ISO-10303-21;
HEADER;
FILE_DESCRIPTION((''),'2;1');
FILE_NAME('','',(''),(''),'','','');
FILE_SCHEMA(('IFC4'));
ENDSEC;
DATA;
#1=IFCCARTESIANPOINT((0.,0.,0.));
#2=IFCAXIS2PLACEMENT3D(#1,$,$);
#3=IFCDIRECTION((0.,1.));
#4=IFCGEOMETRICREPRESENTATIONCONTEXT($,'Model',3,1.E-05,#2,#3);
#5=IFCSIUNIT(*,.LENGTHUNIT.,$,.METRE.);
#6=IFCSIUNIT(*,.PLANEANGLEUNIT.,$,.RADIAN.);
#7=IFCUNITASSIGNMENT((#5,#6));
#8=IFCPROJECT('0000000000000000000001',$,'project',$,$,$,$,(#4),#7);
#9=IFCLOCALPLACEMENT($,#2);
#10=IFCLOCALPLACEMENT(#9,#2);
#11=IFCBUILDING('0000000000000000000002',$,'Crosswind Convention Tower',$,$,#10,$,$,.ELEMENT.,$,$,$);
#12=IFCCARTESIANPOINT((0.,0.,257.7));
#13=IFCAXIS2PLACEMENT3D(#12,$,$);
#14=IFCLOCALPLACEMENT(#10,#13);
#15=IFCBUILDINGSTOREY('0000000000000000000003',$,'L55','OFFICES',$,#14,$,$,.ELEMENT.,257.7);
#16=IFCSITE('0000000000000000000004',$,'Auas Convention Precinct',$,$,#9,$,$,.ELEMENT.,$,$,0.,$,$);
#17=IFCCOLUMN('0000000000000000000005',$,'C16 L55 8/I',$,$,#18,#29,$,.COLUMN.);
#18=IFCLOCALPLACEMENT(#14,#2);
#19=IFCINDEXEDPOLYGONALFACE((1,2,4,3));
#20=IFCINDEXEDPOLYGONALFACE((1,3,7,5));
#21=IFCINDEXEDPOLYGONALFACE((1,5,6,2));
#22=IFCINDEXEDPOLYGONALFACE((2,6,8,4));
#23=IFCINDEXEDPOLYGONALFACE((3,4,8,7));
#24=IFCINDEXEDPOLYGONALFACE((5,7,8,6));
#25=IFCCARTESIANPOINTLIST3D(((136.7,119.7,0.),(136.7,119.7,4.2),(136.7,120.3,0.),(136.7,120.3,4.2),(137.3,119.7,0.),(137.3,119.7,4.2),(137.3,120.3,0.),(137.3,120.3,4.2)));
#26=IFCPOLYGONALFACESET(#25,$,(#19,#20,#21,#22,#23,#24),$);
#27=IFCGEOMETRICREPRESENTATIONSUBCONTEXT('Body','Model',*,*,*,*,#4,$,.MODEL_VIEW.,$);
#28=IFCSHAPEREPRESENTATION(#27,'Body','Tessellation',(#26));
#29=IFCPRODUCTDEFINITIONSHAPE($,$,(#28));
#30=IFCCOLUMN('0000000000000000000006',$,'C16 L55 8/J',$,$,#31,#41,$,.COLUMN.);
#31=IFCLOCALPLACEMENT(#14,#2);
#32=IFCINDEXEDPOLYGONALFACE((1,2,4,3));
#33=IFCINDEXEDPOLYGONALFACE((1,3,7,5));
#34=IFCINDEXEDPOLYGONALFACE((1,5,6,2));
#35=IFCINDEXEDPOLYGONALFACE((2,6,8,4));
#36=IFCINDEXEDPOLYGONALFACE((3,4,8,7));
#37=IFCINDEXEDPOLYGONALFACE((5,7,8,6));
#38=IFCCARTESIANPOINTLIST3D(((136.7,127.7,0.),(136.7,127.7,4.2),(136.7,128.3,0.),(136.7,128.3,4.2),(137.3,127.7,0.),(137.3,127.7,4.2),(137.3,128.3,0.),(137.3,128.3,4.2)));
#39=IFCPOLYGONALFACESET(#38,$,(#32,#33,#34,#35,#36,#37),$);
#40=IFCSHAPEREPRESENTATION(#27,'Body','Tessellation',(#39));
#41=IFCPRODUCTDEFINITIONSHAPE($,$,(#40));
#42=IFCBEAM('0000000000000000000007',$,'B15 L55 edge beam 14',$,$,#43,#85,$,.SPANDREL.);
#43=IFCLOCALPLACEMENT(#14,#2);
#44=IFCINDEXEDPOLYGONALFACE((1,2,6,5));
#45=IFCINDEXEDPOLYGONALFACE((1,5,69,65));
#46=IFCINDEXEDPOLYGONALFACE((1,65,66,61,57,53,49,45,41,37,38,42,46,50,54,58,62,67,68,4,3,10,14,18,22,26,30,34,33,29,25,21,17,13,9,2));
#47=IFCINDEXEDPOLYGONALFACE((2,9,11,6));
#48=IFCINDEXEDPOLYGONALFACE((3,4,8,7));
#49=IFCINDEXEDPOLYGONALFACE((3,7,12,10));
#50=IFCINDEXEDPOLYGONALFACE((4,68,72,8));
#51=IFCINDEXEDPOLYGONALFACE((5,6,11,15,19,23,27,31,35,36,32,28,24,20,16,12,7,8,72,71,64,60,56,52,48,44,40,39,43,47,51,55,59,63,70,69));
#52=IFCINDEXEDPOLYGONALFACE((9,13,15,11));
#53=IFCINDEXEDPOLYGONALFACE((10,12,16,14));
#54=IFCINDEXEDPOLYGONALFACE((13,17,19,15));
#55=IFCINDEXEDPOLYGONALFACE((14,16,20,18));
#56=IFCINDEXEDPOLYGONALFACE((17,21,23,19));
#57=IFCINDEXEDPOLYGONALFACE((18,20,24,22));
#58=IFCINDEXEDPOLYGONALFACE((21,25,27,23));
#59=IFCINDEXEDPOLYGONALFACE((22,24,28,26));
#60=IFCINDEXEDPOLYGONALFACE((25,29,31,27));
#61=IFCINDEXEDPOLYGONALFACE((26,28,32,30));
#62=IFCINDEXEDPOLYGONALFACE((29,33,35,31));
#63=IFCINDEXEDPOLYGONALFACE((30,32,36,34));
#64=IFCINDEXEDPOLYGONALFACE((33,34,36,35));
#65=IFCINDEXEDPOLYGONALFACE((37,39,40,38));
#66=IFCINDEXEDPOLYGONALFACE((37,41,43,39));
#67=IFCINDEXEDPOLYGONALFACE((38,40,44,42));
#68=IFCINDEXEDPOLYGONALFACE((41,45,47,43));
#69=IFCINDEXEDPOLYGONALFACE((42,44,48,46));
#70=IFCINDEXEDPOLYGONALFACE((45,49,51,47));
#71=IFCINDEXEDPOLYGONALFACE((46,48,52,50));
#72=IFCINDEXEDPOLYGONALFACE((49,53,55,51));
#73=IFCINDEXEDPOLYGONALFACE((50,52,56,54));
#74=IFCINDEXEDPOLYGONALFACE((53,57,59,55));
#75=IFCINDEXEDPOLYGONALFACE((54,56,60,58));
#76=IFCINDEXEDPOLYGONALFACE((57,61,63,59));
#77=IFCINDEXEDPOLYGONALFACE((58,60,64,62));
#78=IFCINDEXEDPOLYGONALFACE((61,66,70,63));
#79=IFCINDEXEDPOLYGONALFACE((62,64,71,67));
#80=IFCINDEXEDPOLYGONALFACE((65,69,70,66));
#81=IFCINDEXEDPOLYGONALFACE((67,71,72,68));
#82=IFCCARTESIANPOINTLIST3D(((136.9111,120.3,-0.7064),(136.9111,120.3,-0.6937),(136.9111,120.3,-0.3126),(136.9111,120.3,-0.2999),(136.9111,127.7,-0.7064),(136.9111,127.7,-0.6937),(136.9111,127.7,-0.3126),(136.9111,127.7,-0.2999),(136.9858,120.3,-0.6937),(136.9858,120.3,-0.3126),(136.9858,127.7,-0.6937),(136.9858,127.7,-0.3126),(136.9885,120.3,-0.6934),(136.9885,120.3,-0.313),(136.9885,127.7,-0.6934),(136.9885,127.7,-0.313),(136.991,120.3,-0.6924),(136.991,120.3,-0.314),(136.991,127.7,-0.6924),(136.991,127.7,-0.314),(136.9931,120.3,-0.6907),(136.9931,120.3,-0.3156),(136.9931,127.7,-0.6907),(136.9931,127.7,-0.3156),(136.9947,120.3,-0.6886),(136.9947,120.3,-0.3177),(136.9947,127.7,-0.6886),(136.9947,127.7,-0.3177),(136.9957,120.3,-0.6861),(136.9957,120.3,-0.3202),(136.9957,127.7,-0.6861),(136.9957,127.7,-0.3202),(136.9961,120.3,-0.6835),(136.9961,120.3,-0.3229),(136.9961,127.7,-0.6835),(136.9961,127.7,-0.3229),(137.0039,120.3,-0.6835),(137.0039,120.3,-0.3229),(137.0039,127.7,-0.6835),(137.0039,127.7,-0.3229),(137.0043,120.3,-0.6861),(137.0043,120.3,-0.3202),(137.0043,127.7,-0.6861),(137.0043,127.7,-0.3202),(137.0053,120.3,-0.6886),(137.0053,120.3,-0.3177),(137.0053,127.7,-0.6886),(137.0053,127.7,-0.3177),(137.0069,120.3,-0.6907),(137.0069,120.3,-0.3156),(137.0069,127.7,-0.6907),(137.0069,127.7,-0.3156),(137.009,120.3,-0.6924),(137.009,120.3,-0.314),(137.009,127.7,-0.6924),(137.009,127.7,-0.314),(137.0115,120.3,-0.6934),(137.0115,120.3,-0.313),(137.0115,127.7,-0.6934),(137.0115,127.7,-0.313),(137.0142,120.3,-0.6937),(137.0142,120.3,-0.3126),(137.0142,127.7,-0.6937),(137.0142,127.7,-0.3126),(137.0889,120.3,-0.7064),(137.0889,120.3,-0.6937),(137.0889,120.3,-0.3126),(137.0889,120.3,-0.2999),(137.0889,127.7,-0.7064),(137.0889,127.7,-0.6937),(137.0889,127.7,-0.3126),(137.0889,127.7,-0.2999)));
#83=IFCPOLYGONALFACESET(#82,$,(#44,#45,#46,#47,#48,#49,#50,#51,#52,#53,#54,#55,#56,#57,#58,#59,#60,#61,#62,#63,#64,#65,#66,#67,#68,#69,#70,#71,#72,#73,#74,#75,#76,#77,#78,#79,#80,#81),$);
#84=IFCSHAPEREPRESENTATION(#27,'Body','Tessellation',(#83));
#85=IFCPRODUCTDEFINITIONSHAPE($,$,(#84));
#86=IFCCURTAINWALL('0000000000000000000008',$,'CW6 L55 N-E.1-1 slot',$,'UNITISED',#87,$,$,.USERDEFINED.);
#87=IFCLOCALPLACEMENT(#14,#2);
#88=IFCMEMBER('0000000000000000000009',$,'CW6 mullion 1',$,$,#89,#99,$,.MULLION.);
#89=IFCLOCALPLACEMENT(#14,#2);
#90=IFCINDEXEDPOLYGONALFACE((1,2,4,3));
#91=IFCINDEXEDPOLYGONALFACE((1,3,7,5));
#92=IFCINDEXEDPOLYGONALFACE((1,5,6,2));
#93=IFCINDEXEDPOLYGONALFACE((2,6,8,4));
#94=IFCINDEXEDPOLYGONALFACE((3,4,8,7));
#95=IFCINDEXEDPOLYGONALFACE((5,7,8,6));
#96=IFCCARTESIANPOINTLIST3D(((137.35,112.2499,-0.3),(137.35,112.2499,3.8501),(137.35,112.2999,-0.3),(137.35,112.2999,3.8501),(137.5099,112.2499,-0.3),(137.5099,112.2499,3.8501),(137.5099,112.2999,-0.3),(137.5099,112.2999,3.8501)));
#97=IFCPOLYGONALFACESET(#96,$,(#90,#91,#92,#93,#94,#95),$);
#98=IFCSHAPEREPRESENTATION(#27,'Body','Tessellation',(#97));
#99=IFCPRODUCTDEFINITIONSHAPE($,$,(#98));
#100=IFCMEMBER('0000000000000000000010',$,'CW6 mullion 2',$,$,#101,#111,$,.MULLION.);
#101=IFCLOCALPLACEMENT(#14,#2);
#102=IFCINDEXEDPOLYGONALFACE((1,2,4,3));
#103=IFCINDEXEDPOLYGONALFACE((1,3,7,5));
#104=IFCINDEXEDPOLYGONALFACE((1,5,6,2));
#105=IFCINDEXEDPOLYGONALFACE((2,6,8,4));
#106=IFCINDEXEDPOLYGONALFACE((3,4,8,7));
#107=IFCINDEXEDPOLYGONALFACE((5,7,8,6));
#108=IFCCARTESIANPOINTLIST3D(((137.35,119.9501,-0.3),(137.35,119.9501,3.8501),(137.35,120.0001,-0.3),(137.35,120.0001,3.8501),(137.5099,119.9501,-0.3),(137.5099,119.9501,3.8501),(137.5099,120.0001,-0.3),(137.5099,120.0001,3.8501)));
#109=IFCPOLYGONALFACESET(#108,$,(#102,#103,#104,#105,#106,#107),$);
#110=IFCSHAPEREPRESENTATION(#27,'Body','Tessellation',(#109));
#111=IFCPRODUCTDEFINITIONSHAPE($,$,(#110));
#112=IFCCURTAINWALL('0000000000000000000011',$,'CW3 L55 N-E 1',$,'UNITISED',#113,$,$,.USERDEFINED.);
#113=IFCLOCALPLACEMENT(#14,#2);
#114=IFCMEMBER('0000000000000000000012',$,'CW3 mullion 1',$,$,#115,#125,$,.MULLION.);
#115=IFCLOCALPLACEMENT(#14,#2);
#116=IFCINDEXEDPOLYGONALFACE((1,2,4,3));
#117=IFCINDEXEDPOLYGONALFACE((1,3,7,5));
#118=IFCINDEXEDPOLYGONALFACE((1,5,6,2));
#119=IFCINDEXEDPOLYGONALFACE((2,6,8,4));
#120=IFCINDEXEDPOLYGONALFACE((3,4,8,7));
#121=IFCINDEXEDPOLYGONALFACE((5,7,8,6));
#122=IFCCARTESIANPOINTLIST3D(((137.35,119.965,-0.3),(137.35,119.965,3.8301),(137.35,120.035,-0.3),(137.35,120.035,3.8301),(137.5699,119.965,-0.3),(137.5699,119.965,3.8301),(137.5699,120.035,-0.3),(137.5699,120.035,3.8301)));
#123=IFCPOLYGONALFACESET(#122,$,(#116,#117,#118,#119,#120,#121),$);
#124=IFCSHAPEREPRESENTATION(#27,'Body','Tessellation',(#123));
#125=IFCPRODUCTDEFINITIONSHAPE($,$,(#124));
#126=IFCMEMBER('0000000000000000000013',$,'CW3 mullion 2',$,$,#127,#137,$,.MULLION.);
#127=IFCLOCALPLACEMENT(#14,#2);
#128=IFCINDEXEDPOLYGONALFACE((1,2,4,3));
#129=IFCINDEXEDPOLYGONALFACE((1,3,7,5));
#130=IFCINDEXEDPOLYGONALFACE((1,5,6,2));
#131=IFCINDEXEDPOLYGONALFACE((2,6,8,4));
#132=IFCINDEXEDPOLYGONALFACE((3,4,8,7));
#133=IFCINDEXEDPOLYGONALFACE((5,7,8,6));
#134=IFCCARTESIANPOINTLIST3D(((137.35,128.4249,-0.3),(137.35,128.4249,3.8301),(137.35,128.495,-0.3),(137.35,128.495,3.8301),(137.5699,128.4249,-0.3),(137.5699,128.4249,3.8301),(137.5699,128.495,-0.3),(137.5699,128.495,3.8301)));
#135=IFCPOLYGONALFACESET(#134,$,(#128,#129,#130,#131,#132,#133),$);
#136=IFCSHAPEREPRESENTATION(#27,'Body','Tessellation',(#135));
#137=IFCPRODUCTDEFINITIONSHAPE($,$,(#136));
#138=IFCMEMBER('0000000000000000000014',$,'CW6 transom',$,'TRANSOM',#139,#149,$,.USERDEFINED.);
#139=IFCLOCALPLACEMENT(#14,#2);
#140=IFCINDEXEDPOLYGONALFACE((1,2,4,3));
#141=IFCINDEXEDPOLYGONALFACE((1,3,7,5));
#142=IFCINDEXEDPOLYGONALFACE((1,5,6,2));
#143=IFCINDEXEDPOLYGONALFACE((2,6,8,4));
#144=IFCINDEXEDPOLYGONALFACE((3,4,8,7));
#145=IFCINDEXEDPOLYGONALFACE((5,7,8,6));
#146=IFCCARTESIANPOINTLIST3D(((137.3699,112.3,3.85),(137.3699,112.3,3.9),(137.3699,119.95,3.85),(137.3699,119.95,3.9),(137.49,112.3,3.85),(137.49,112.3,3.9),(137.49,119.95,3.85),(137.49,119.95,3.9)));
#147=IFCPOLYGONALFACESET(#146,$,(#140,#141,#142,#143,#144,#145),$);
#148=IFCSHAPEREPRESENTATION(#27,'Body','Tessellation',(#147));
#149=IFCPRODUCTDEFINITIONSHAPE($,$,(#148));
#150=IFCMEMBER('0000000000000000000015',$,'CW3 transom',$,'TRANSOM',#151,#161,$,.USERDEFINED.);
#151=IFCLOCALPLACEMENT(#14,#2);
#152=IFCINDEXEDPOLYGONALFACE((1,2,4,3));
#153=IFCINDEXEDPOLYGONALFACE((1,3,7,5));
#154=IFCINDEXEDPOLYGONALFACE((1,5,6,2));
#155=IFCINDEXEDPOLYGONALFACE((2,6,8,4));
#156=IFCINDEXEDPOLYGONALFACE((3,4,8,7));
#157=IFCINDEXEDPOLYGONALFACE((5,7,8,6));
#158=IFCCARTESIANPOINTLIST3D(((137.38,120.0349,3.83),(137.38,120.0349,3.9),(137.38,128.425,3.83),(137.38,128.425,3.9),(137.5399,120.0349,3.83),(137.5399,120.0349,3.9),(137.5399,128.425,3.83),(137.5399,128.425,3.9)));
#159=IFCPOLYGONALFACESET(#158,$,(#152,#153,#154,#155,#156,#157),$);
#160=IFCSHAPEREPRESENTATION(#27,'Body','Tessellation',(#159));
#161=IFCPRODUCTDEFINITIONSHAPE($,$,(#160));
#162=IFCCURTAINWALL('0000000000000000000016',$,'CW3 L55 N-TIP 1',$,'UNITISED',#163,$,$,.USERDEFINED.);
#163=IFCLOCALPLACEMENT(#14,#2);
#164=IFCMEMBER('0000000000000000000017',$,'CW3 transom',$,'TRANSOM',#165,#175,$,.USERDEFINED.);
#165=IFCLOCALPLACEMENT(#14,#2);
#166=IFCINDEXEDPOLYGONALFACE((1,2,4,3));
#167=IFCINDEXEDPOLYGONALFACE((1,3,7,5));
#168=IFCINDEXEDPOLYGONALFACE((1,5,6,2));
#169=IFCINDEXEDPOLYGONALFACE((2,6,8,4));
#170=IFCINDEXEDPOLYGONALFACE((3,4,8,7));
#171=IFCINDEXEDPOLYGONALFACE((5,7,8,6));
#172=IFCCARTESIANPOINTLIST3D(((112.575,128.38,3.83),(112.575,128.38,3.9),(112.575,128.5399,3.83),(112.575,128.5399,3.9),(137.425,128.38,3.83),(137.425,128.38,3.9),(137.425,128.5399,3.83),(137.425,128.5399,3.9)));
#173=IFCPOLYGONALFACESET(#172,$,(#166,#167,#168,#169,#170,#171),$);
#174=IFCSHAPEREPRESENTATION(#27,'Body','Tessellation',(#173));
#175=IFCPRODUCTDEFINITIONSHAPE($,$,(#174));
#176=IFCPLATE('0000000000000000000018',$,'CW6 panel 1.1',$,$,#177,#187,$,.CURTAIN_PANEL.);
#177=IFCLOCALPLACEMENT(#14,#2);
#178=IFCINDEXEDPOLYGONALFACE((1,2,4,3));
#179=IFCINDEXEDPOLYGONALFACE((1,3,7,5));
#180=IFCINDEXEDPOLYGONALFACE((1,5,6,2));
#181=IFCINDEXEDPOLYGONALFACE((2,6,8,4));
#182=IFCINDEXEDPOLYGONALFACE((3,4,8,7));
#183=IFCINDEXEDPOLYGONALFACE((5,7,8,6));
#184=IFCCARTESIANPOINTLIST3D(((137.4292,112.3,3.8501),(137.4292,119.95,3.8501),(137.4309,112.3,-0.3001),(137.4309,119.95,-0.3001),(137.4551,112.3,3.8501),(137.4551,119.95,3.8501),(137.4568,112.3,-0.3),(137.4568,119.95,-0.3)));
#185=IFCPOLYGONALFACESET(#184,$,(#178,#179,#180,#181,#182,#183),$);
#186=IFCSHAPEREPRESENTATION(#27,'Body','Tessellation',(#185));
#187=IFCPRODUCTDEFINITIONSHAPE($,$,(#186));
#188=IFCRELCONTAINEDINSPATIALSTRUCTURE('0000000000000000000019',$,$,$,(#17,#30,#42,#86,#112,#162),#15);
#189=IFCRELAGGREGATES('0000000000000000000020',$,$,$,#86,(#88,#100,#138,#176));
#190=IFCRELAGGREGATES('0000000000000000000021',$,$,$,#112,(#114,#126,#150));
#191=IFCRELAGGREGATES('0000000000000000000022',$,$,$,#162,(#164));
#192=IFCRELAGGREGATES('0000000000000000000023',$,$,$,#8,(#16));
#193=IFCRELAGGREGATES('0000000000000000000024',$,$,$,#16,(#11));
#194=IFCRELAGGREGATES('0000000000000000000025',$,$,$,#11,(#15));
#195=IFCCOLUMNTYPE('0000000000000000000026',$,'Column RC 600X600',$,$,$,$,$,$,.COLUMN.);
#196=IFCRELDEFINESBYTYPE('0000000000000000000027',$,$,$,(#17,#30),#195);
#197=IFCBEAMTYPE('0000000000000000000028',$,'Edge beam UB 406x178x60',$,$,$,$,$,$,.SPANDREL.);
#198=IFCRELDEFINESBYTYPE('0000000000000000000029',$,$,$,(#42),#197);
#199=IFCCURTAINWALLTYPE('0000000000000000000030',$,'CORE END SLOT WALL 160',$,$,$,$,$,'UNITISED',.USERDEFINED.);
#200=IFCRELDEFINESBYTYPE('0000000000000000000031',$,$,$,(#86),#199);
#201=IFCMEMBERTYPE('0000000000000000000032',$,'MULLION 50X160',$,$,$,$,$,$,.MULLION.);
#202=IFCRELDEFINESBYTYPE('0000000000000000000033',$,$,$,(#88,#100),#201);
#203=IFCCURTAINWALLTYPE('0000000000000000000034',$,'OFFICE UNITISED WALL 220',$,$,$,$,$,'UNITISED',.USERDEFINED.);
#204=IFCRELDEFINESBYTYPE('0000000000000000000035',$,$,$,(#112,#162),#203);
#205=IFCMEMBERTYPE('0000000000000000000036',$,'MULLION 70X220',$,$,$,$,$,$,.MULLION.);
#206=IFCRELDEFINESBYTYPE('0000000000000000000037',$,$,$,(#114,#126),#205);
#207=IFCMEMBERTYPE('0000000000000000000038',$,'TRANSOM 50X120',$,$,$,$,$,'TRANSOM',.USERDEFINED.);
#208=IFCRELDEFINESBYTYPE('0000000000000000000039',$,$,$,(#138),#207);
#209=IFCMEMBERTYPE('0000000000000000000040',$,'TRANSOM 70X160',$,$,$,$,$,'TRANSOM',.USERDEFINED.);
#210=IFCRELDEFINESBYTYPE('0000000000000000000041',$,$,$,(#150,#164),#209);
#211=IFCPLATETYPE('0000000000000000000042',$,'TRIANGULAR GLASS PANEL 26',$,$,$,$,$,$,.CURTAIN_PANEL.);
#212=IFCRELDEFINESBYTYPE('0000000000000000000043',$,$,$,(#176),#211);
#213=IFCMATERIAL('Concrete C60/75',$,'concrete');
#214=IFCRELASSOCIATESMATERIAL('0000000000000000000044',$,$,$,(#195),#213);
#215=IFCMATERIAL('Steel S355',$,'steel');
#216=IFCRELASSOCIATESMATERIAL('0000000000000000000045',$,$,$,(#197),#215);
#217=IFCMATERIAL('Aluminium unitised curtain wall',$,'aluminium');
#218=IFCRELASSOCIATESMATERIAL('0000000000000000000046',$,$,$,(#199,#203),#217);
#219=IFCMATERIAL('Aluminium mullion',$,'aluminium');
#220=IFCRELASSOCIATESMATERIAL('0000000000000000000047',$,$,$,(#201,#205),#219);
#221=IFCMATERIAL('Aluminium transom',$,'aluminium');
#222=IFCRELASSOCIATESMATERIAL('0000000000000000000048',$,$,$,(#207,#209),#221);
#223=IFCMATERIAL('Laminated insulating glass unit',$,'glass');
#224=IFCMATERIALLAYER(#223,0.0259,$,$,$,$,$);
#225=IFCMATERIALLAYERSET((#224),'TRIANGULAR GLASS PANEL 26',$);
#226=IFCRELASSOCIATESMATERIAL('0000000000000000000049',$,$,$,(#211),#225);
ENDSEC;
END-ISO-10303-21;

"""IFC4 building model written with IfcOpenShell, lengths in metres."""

from ifc_helpers import new_model, si_unit, direction, frame, origin, origin_2d, place, context, subcontext, project, spatial, polyline, rectangle, i_section, outline, extrude, material, layer, layer_set, material_profile, profile_set, type_object, element, aggregate, save


model = new_model("IFC4")

# Units and contexts
model_context = context("Model", 3, precision=1e-05, world=origin(), true_north=direction((0.0, 1.0)))
body_context = subcontext(model_context, "Body", "Model", "MODEL_VIEW")
ifc_project = project(units=[si_unit("LENGTHUNIT", "METRE"), si_unit("PLANEANGLEUNIT", "RADIAN")], contexts=[model_context])

# Site, building, storey
site_placement = place(None, origin())
site = spatial("IfcSite", under=ifc_project, at=site_placement, Name="Auas Convention Precinct", CompositionType="ELEMENT", RefElevation=0.0)
building_placement = place(site_placement, origin())
building = spatial("IfcBuilding", under=site, at=building_placement, Name="Crosswind Convention Tower", CompositionType="ELEMENT")
storey_placement = place(building_placement, frame((0.0, 0.0, 257.7)))
storey = spatial("IfcBuildingStorey", under=building, at=storey_placement, Name="L55", Description="OFFICES", CompositionType="ELEMENT", Elevation=257.7)

# Columns
ifc_material_1 = material(Name="Concrete C60/75", Category="concrete")
ifc_material_profile_1 = material_profile(ifc_material_1, rectangle(XDim=0.6001, YDim=0.6001, at=origin_2d()), Name="RC 600X600")
ifc_profile_set_1 = profile_set([ifc_material_profile_1], Name="Concrete C60/75")
column_type = type_object("IfcColumnType", Name="Column RC 600X600", PredefinedType="COLUMN", material=ifc_profile_set_1)
for number, where, z_axis, x_axis, name in (
    (1, (137.0, 120.0, 0.0), (0.0, 0.0, 1.0), (1.0, 0.0, 0.0), "C16 L55 8/I"),
    (2, (137.0, 128.0, 0.0), (0.0, 0.0, 1.0), (1.0, 0.0, 0.0), "C16 L55 8/J"),
):
    element("IfcColumn", number, at=place(storey_placement, frame(where, z_axis=z_axis, x_axis=x_axis)), inside=storey, type_object=column_type, Name=name, PredefinedType="COLUMN", context=body_context, shape_type="SweptSolid", body=[
        extrude(rectangle(XDim=0.6001, YDim=0.6001, at=origin_2d()), origin(), (0.0, 0.0, 1.0), 4.2),
    ])

# Beam
ifc_material_2 = material(Name="Steel S355", Category="steel")
ifc_material_profile_2 = material_profile(ifc_material_2, i_section(OverallWidth=0.1777, OverallDepth=0.4065, WebThickness=0.0078, FlangeThickness=0.0127, FilletRadius=0.0103, at=origin_2d()), Name="UB 406x178x60")
ifc_profile_set_2 = profile_set([ifc_material_profile_2], Name="Steel S355")
beam_type = type_object("IfcBeamType", Name="Edge beam UB 406x178x60", PredefinedType="SPANDREL", material=ifc_profile_set_2)
beam_placement = place(storey_placement, frame((137.0, 120.3, -0.5032), z_axis=(0.0, 1.0, 0.0), x_axis=(-1.0, 0.0, 0.0)))
element("IfcBeam", 3, at=beam_placement, inside=storey, type_object=beam_type, Name="B15 L55 edge beam 14", PredefinedType="SPANDREL", context=body_context, shape_type="SweptSolid", body=[
    extrude(i_section(OverallWidth=0.1777, OverallDepth=0.4065, WebThickness=0.0078, FlangeThickness=0.0127, FilletRadius=0.0103, at=origin_2d()), origin(), (0.0, 0.0, 1.0), 7.3999),
])

# Curtain walls, members
ifc_material_3 = material(Name="Aluminium unitised curtain wall", Category="aluminium")
curtain_wall_type_1 = type_object("IfcCurtainWallType", Name="CORE END SLOT WALL 160", ElementType="UNITISED", PredefinedType="USERDEFINED", material=ifc_material_3)
curtain_wall_1_placement = place(storey_placement, origin())
curtain_wall_1 = element("IfcCurtainWall", 4, at=curtain_wall_1_placement, inside=storey, type_object=curtain_wall_type_1, Name="CW6 L55 N-E.1-1 slot", ObjectType="UNITISED", PredefinedType="USERDEFINED")
ifc_material_4 = material(Name="Aluminium mullion", Category="aluminium")
ifc_material_profile_3 = material_profile(ifc_material_4, rectangle(XDim=0.1599, YDim=0.05, at=origin_2d()), Name="AL 160X50")
ifc_profile_set_3 = profile_set([ifc_material_profile_3], Name="Aluminium mullion")
member_type_1 = type_object("IfcMemberType", Name="MULLION 50X160", PredefinedType="MULLION", material=ifc_profile_set_3)
member_1_placement = place(storey_placement, frame((137.4299, 112.2749, -0.3), z_axis=(0.0, 0.0, 1.0), x_axis=(1.0, 0.0, 0.0)))
member_1 = element("IfcMember", 5, at=member_1_placement, type_object=member_type_1, Name="CW6 mullion 1", PredefinedType="MULLION", context=body_context, shape_type="SweptSolid", body=[
    extrude(rectangle(XDim=0.1599, YDim=0.05, at=origin_2d()), origin(), (0.0, 0.0, 1.0), 4.1501),
])
member_2_placement = place(storey_placement, frame((137.4299, 119.9751, -0.3), z_axis=(0.0, 0.0, 1.0), x_axis=(1.0, 0.0, 0.0)))
member_2 = element("IfcMember", 6, at=member_2_placement, type_object=member_type_1, Name="CW6 mullion 2", PredefinedType="MULLION", context=body_context, shape_type="SweptSolid", body=[
    extrude(rectangle(XDim=0.1599, YDim=0.05, at=origin_2d()), origin(), (0.0, 0.0, 1.0), 4.1501),
])
curtain_wall_type_2 = type_object("IfcCurtainWallType", Name="OFFICE UNITISED WALL 220", ElementType="UNITISED", PredefinedType="USERDEFINED", material=ifc_material_3)
curtain_wall_2_placement = place(storey_placement, origin())
curtain_wall_2 = element("IfcCurtainWall", 7, at=curtain_wall_2_placement, inside=storey, type_object=curtain_wall_type_2, Name="CW3 L55 N-E 1", ObjectType="UNITISED", PredefinedType="USERDEFINED")
ifc_material_profile_4 = material_profile(ifc_material_4, rectangle(XDim=0.22, YDim=0.0701, at=origin_2d()), Name="AL 220X70")
ifc_profile_set_4 = profile_set([ifc_material_profile_4], Name="Aluminium mullion")
member_type_2 = type_object("IfcMemberType", Name="MULLION 70X220", PredefinedType="MULLION", material=ifc_profile_set_4)
member_3_placement = place(storey_placement, frame((137.46, 120.0, -0.3), z_axis=(0.0, 0.0, 1.0), x_axis=(1.0, 0.0, 0.0)))
member_3 = element("IfcMember", 8, at=member_3_placement, type_object=member_type_2, Name="CW3 mullion 1", PredefinedType="MULLION", context=body_context, shape_type="SweptSolid", body=[
    extrude(rectangle(XDim=0.22, YDim=0.0701, at=origin_2d()), origin(), (0.0, 0.0, 1.0), 4.1301),
])
member_4_placement = place(storey_placement, frame((137.46, 128.46, -0.3), z_axis=(0.0, 0.0, 1.0), x_axis=(1.0, 0.0, 0.0)))
member_4 = element("IfcMember", 9, at=member_4_placement, type_object=member_type_2, Name="CW3 mullion 2", PredefinedType="MULLION", context=body_context, shape_type="SweptSolid", body=[
    extrude(rectangle(XDim=0.22, YDim=0.0701, at=origin_2d()), origin(), (0.0, 0.0, 1.0), 4.1301),
])

# Members
ifc_material_5 = material(Name="Aluminium transom", Category="aluminium")
ifc_material_profile_5 = material_profile(ifc_material_5, rectangle(XDim=0.1201, YDim=0.05, at=origin_2d()), Name="AL 120X50")
ifc_profile_set_5 = profile_set([ifc_material_profile_5], Name="Aluminium transom")
member_type_3 = type_object("IfcMemberType", Name="TRANSOM 50X120", ElementType="TRANSOM", PredefinedType="USERDEFINED", material=ifc_profile_set_5)
member_5_placement = place(storey_placement, frame((137.4299, 112.3, 3.875), z_axis=(0.0, 1.0, 0.0), x_axis=(-1.0, 0.0, 0.0)))
member_5 = element("IfcMember", 10, at=member_5_placement, type_object=member_type_3, Name="CW6 transom", ObjectType="TRANSOM", PredefinedType="USERDEFINED", context=body_context, shape_type="SweptSolid", body=[
    extrude(rectangle(XDim=0.1201, YDim=0.05, at=origin_2d()), origin(), (0.0, 0.0, 1.0), 7.6499),
])
ifc_material_profile_6 = material_profile(ifc_material_5, rectangle(XDim=0.1599, YDim=0.0701, at=origin_2d()), Name="AL 160X70")
ifc_profile_set_6 = profile_set([ifc_material_profile_6], Name="Aluminium transom")
member_type_4 = type_object("IfcMemberType", Name="TRANSOM 70X160", ElementType="TRANSOM", PredefinedType="USERDEFINED", material=ifc_profile_set_6)
member_6_placement = place(storey_placement, frame((137.46, 120.0349, 3.865), z_axis=(0.0, 1.0, 0.0), x_axis=(-1.0, 0.0, 0.0)))
member_6 = element("IfcMember", 11, at=member_6_placement, type_object=member_type_4, Name="CW3 transom", ObjectType="TRANSOM", PredefinedType="USERDEFINED", context=body_context, shape_type="SweptSolid", body=[
    extrude(rectangle(XDim=0.1599, YDim=0.0701, at=origin_2d()), origin(), (0.0, 0.0, 1.0), 8.3901),
])

# Curtain wall, member
curtain_wall_3_placement = place(storey_placement, origin())
curtain_wall_3 = element("IfcCurtainWall", 12, at=curtain_wall_3_placement, inside=storey, type_object=curtain_wall_type_2, Name="CW3 L55 N-TIP 1", ObjectType="UNITISED", PredefinedType="USERDEFINED")
member_7_placement = place(storey_placement, frame((137.425, 128.46, 3.865), z_axis=(-1.0, 0.0, 0.0), x_axis=(0.0, -1.0, 0.0)))
member_7 = element("IfcMember", 13, at=member_7_placement, type_object=member_type_4, Name="CW3 transom", ObjectType="TRANSOM", PredefinedType="USERDEFINED", context=body_context, shape_type="SweptSolid", body=[
    extrude(rectangle(XDim=0.1599, YDim=0.0701, at=origin_2d()), origin(), (0.0, 0.0, 1.0), 24.8501),
])

# Plate
ifc_material_6 = material(Name="Laminated insulating glass unit", Category="glass")
ifc_layer_1 = layer(ifc_material_6, 0.0259)
ifc_layer_set_1 = layer_set([ifc_layer_1], Name="TRIANGULAR GLASS PANEL 26")
plate_type_1 = type_object("IfcPlateType", Name="TRIANGULAR GLASS PANEL 26", PredefinedType="CURTAIN_PANEL", material=ifc_layer_set_1)
plate_1_placement = place(storey_placement, frame((137.4568, 112.3, -0.3), z_axis=(1.0, 0.0, 0.000412), x_axis=(0.0, 1.0, 0.0)))
plate_1 = element("IfcPlate", 14, at=plate_1_placement, type_object=plate_type_1, Name="CW6 panel 1.1", PredefinedType="CURTAIN_PANEL", context=body_context, shape_type="SweptSolid", body=[
    extrude(outline(polyline([(0.0, 0.0), (7.6499, 0.0), (7.6499, 4.1501), (0.0, 4.1501), (0.0, 0.0)])), origin(), (0.0, 0.0, -1.0), 0.0259),
])
aggregate(curtain_wall_1, [member_1, member_2, member_5, plate_1])

aggregate(curtain_wall_2, [member_3, member_4, member_6])
aggregate(curtain_wall_3, [member_7])

save(model, "model.ifc")
